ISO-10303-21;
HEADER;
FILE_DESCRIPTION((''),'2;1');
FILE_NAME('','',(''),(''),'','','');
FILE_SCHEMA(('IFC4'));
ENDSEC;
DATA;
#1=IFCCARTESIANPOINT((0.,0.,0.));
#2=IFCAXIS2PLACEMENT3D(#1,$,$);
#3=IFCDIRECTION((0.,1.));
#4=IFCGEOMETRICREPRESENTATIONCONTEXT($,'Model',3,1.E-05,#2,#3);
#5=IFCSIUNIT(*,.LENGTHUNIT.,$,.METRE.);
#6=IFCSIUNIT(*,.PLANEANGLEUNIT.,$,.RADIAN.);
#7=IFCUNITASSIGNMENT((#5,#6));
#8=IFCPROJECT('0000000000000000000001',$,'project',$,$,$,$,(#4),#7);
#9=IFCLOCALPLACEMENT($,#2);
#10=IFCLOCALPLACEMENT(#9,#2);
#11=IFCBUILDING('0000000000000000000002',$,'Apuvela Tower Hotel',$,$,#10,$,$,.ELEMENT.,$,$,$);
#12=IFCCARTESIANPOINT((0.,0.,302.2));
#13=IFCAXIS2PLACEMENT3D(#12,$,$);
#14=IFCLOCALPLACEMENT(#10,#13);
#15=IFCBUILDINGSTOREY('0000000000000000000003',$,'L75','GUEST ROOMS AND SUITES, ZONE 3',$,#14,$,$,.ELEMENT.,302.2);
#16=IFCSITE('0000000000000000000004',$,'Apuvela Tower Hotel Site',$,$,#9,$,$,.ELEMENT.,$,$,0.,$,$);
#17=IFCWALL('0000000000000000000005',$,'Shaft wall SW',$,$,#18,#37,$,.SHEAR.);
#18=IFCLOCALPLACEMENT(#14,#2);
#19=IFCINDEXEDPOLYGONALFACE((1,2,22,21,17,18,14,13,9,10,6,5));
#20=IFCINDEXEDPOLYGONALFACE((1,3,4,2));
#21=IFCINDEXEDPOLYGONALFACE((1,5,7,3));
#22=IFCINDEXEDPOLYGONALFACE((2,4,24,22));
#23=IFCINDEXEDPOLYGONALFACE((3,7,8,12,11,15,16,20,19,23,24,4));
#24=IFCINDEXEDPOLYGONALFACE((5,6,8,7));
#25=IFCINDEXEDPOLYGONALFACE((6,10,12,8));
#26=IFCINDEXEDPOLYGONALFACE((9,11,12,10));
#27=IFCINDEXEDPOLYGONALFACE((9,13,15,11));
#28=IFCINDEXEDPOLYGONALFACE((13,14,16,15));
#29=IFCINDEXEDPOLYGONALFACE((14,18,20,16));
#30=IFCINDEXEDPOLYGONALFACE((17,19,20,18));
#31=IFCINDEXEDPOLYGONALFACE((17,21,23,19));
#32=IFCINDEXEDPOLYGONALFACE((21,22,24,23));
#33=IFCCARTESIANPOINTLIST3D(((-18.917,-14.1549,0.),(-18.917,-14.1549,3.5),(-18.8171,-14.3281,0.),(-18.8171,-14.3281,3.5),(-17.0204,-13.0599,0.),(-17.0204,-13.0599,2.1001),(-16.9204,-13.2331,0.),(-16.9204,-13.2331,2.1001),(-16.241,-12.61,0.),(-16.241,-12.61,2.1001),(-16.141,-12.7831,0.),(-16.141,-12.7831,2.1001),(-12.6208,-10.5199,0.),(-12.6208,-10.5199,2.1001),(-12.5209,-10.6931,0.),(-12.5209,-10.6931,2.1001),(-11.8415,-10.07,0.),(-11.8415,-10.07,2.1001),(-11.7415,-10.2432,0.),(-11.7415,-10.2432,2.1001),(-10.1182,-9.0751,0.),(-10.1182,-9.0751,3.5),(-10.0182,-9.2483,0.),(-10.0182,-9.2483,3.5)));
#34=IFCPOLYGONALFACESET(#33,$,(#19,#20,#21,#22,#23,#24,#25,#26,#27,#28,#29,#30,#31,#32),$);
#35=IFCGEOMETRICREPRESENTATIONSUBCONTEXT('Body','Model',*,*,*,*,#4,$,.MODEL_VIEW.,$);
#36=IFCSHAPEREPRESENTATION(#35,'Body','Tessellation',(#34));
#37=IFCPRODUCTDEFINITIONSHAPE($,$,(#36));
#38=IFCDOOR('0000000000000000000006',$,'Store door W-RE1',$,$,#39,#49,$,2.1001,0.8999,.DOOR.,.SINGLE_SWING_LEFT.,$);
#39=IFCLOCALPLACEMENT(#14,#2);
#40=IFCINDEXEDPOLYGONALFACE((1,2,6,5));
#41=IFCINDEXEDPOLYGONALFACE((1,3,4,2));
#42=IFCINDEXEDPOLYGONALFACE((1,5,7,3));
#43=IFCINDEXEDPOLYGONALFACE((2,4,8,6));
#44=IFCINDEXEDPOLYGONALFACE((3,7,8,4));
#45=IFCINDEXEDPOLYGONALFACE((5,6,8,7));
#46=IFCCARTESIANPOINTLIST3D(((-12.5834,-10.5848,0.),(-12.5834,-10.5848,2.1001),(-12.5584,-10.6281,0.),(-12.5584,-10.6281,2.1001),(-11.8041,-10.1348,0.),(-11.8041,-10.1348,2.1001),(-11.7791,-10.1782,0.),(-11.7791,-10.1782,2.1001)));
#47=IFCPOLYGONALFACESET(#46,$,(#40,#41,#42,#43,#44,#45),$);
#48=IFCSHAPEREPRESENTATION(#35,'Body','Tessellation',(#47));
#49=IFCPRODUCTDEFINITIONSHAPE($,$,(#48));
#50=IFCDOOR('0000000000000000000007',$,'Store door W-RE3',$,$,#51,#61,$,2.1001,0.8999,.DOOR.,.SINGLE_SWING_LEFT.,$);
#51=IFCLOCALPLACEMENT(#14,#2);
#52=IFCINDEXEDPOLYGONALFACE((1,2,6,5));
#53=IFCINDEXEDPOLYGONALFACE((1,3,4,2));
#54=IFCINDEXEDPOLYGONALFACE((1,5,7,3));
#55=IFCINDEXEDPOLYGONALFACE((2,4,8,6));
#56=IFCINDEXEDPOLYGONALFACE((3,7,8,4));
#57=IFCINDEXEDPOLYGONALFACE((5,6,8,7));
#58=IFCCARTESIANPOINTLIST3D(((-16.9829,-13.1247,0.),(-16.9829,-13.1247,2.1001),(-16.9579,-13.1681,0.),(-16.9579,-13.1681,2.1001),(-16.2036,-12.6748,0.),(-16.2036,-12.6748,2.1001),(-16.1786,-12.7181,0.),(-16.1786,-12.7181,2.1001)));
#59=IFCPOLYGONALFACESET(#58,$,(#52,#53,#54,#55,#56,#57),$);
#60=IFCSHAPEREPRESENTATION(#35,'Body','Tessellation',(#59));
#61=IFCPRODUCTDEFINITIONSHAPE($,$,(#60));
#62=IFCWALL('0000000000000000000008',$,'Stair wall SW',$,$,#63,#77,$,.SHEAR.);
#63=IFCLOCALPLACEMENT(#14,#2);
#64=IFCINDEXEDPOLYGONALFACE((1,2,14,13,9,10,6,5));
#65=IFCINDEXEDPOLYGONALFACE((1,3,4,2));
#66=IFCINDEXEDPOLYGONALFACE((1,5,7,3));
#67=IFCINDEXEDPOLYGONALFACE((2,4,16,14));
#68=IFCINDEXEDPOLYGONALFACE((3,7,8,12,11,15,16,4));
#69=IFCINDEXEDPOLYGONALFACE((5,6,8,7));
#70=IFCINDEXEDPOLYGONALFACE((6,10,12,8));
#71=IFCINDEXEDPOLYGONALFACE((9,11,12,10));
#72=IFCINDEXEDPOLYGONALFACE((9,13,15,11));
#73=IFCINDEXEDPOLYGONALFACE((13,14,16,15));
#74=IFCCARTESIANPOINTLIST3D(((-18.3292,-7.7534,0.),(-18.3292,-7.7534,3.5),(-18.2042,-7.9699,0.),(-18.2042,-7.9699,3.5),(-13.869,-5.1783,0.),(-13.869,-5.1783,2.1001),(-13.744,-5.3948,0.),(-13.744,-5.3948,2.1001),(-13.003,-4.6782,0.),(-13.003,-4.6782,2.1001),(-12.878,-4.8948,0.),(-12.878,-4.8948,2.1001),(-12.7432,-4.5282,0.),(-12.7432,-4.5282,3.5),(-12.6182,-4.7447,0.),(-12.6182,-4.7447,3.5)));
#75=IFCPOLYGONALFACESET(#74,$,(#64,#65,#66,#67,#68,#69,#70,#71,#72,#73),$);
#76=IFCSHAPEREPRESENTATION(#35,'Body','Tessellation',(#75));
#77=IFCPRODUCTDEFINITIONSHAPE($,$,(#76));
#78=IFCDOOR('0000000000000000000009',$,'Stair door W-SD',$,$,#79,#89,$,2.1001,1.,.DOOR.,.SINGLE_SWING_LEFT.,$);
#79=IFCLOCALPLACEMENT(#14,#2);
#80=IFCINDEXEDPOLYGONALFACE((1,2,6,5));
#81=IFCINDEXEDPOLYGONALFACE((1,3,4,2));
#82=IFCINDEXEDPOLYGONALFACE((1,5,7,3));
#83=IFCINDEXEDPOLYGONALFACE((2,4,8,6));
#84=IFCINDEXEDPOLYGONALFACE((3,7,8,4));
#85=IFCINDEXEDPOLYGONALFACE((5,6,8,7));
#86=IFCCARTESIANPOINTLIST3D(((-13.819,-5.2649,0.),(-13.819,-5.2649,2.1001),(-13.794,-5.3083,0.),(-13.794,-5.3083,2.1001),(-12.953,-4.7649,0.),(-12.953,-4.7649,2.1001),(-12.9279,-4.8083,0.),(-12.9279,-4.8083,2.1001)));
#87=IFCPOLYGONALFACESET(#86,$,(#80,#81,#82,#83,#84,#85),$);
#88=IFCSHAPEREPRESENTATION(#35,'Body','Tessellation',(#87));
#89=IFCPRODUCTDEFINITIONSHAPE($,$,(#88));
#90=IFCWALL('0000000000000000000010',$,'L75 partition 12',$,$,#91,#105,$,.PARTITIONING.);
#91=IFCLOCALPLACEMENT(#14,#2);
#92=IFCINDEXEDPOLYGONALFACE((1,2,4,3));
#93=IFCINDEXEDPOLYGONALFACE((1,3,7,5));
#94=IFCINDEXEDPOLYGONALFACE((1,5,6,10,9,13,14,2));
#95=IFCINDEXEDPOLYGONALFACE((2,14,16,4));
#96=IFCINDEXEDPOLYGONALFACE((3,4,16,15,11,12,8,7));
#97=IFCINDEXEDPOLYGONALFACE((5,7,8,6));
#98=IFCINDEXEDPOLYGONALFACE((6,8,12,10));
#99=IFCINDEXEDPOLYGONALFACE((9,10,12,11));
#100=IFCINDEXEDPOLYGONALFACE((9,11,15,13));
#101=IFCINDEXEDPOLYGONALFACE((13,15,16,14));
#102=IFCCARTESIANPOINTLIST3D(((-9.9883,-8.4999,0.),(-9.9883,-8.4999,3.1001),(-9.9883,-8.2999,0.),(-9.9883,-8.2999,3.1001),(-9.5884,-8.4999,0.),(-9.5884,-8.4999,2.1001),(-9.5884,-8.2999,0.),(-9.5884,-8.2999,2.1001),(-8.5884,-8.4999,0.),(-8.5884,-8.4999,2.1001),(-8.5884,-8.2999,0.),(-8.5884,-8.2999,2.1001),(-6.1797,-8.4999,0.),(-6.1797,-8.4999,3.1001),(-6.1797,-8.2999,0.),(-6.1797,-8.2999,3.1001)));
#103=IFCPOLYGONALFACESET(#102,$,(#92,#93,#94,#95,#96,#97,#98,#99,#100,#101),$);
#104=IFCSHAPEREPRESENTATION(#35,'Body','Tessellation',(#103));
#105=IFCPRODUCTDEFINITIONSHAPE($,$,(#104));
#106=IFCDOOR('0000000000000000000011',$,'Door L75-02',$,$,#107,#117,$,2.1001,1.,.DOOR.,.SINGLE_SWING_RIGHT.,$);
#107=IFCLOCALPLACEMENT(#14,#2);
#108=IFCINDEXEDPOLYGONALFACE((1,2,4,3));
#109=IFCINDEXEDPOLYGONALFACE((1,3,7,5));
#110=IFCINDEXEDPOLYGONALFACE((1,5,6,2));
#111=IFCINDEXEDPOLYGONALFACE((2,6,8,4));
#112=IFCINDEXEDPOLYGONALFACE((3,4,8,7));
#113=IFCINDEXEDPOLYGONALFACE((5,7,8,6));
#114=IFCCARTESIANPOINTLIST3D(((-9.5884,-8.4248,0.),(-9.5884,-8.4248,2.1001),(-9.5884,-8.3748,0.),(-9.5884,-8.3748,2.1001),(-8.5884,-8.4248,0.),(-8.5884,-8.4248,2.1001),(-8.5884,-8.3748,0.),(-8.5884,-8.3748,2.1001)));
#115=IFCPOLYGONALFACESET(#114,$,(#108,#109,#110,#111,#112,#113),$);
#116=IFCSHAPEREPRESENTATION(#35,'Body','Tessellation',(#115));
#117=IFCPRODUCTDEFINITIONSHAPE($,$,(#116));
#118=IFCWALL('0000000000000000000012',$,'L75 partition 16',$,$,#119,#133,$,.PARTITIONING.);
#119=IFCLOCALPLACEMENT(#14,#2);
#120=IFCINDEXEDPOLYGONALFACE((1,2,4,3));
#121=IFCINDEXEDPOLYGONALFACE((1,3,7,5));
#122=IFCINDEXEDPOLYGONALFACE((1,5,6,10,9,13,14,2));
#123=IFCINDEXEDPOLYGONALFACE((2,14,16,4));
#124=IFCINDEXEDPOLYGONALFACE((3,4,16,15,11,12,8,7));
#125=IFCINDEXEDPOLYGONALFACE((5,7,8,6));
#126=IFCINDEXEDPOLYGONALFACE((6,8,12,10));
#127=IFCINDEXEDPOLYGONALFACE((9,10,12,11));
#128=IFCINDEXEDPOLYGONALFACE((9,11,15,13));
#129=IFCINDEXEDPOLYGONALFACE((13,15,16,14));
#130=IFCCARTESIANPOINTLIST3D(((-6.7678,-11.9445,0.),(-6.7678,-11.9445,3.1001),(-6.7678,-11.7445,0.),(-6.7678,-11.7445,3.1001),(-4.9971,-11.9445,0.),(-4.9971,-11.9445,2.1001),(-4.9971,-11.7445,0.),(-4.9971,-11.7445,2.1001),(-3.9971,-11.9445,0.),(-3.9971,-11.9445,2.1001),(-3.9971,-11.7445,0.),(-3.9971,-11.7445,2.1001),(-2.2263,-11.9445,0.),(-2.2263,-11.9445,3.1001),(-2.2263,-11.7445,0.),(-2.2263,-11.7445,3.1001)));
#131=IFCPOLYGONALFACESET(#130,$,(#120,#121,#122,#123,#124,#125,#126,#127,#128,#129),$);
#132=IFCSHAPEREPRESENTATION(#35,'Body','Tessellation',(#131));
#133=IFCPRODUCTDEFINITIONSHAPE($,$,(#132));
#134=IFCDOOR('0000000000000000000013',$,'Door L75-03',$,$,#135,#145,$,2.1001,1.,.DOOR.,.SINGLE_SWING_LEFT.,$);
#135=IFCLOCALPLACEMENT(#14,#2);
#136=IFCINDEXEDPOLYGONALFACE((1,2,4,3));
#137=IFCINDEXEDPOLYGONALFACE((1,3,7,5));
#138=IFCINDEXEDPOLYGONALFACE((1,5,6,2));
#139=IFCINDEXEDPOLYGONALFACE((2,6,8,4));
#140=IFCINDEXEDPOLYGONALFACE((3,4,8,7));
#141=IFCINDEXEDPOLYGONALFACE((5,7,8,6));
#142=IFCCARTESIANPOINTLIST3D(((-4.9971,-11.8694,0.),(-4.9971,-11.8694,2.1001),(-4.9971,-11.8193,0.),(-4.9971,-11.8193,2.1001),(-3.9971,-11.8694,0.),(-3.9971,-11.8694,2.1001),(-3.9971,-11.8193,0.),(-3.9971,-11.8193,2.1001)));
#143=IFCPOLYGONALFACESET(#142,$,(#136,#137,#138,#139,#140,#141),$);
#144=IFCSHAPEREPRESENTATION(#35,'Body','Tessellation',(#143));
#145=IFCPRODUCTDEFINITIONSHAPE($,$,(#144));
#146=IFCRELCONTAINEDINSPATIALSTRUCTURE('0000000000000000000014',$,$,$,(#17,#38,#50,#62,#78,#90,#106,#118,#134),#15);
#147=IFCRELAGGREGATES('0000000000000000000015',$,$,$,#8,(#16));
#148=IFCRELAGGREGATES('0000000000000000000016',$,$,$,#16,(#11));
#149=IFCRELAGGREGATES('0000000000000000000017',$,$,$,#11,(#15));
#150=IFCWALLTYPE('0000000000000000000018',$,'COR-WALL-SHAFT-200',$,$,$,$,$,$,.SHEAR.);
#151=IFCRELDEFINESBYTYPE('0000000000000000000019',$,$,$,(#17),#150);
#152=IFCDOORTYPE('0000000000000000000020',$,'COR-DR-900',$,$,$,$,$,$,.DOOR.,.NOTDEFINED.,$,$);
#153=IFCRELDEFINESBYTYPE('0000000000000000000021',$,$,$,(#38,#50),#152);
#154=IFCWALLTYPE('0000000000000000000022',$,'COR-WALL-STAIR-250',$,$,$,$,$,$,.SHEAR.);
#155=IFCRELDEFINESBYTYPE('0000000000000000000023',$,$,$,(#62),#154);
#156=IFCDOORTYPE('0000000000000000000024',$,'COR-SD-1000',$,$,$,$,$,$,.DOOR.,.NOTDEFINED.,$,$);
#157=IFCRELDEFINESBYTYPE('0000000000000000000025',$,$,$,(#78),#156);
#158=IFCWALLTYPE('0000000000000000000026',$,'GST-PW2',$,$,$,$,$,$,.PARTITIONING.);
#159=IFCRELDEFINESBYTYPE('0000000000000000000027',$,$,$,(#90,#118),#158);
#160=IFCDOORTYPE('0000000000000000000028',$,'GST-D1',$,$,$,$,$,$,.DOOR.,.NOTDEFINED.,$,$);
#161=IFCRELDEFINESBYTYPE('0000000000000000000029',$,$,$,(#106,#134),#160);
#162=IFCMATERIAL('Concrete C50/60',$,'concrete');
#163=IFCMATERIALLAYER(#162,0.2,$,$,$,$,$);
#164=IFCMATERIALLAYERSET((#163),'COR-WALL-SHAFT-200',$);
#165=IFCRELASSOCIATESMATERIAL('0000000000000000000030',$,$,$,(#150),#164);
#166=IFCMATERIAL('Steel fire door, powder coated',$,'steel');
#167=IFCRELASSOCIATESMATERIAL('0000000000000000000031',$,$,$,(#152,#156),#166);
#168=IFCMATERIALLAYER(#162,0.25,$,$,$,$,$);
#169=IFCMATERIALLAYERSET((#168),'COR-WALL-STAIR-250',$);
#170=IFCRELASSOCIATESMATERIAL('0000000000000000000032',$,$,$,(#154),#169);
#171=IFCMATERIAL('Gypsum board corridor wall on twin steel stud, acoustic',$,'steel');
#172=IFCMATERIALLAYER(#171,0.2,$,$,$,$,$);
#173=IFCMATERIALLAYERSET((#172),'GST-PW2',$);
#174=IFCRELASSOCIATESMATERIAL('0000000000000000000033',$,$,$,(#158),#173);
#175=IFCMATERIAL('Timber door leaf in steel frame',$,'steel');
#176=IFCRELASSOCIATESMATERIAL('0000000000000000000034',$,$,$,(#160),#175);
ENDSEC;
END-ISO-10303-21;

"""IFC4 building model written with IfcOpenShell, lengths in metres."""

from ifc_helpers import new_model, si_unit, direction, frame, frame_2d, origin, place, context, subcontext, project, spatial, rectangle, extrude, material, layer, layer_set, type_object, element, fill, save


model = new_model("IFC4")

# Units and contexts
model_context = context("Model", 3, precision=1e-05, world=origin(), true_north=direction((0.0, 1.0)))
body_context = subcontext(model_context, "Body", "Model", "MODEL_VIEW")
ifc_project = project(units=[si_unit("LENGTHUNIT", "METRE"), si_unit("PLANEANGLEUNIT", "RADIAN")], contexts=[model_context])

# Site, building, storey
site_placement = place(None, origin())
site = spatial("IfcSite", under=ifc_project, at=site_placement, Name="Apuvela Tower Hotel Site", CompositionType="ELEMENT", RefElevation=0.0)
building_placement = place(site_placement, origin())
building = spatial("IfcBuilding", under=site, at=building_placement, Name="Apuvela Tower Hotel", CompositionType="ELEMENT")
storey_placement = place(building_placement, frame((0.0, 0.0, 302.2)))
storey = spatial("IfcBuildingStorey", under=building, at=storey_placement, Name="L75", Description="GUEST ROOMS AND SUITES, ZONE 3", CompositionType="ELEMENT", Elevation=302.2)

# Shared definitions
ifc_material_1 = material(Name="Concrete C50/60", Category="concrete")
ifc_layer_1 = layer(ifc_material_1, 0.2)
ifc_layer_set_1 = layer_set([ifc_layer_1], Name="COR-WALL-SHAFT-200")
wall_type_1 = type_object("IfcWallType", Name="COR-WALL-SHAFT-200", PredefinedType="SHEAR", material=ifc_layer_set_1)

# Wall, openings, doors
wall_1_placement = place(storey_placement, frame((-10.0681, -9.1616, 0.0), z_axis=(0.0, 0.0, 1.0), x_axis=(-0.866033, -0.499987, 0.0)))
wall_1 = element("IfcWall", 1, at=wall_1_placement, inside=storey, type_object=wall_type_1, Name="Shaft wall SW", PredefinedType="SHEAR", context=body_context, shape_type="SweptSolid", body=[
    extrude(rectangle(XDim=10.1599, YDim=0.2, at=frame_2d((5.0801, 0.0))), origin(), (0.0, 0.0, 1.0), 3.5),
])
opening_1_placement = place(wall_1_placement, frame((1.99, 0.0, 0.0)))
opening_1 = element("IfcOpeningElement", 2, at=opening_1_placement, cuts=wall_1, PredefinedType="OPENING", context=body_context, shape_type="SweptSolid", body=[
    extrude(rectangle(XDim=0.8999, YDim=2.1001, at=frame_2d((0.45, 1.05))), frame((0.0, 0.1099, 0.0), z_axis=(0.0, -1.0, 0.0), x_axis=(1.0, 0.0, 0.0)), (0.0, 0.0, 1.0), 0.22),
])
opening_2_placement = place(wall_1_placement, frame((7.0701, 0.0, 0.0)))
opening_2 = element("IfcOpeningElement", 3, at=opening_2_placement, cuts=wall_1, PredefinedType="OPENING", context=body_context, shape_type="SweptSolid", body=[
    extrude(rectangle(XDim=0.8999, YDim=2.1001, at=frame_2d((0.45, 1.05))), frame((0.0, 0.1099, 0.0), z_axis=(0.0, -1.0, 0.0), x_axis=(1.0, 0.0, 0.0)), (0.0, 0.0, 1.0), 0.22),
])
ifc_material_2 = material(Name="Steel fire door, powder coated", Category="steel")
door_type_1 = type_object("IfcDoorType", Name="COR-DR-900", OperationType="NOTDEFINED", PredefinedType="DOOR", material=ifc_material_2)
door_1_placement = place(opening_1_placement, origin())
door_1 = element("IfcDoor", 4, at=door_1_placement, inside=storey, type_object=door_type_1, Name="Store door W-RE1", OperationType="SINGLE_SWING_LEFT", OverallHeight=2.1001, OverallWidth=0.8999, PredefinedType="DOOR", context=body_context, shape_type="SweptSolid", body=[
    extrude(rectangle(XDim=0.8999, YDim=2.1001, at=frame_2d((0.45, 1.05))), frame((0.0, 0.0249, 0.0), z_axis=(0.0, -1.0, 0.0), x_axis=(1.0, 0.0, 0.0)), (0.0, 0.0, 1.0), 0.05),
])
fill(opening_1, door_1)
door_2_placement = place(opening_2_placement, origin())
door_2 = element("IfcDoor", 5, at=door_2_placement, inside=storey, type_object=door_type_1, Name="Store door W-RE3", OperationType="SINGLE_SWING_LEFT", OverallHeight=2.1001, OverallWidth=0.8999, PredefinedType="DOOR", context=body_context, shape_type="SweptSolid", body=[
    extrude(rectangle(XDim=0.8999, YDim=2.1001, at=frame_2d((0.45, 1.05))), frame((0.0, 0.0249, 0.0), z_axis=(0.0, -1.0, 0.0), x_axis=(1.0, 0.0, 0.0)), (0.0, 0.0, 1.0), 0.05),
])
fill(opening_2, door_2)

# Walls, openings, doors
ifc_layer_2 = layer(ifc_material_1, 0.25)
ifc_layer_set_2 = layer_set([ifc_layer_2], Name="COR-WALL-STAIR-250")
wall_type_2 = type_object("IfcWallType", Name="COR-WALL-STAIR-250", PredefinedType="SHEAR", material=ifc_layer_set_2)
wall_2_placement = place(storey_placement, frame((-12.6807, -4.6365, 0.0), z_axis=(0.0, 0.0, 1.0), x_axis=(-0.866022, -0.500006, 0.0)))
wall_2 = element("IfcWall", 6, at=wall_2_placement, inside=storey, type_object=wall_type_2, Name="Stair wall SW", PredefinedType="SHEAR", context=body_context, shape_type="SweptSolid", body=[
    extrude(rectangle(XDim=6.4502, YDim=0.25, at=frame_2d((3.2251, 0.0))), origin(), (0.0, 0.0, 1.0), 3.5),
])
opening_3_placement = place(wall_2_placement, frame((0.3, 0.0, 0.0)))
opening_3 = element("IfcOpeningElement", 7, at=opening_3_placement, cuts=wall_2, PredefinedType="OPENING", context=body_context, shape_type="SweptSolid", body=[
    extrude(rectangle(XDim=1.0, YDim=2.1001, at=frame_2d((0.5, 1.05))), frame((0.0, 0.135, 0.0), z_axis=(0.0, -1.0, 0.0), x_axis=(1.0, 0.0, 0.0)), (0.0, 0.0, 1.0), 0.27),
])
door_type_2 = type_object("IfcDoorType", Name="COR-SD-1000", OperationType="NOTDEFINED", PredefinedType="DOOR", material=ifc_material_2)
door_3_placement = place(opening_3_placement, frame((1.0, 0.0, 0.0), z_axis=(0.0, 0.0, 1.0), x_axis=(-1.0, 0.0, 0.0)))
door_3 = element("IfcDoor", 8, at=door_3_placement, inside=storey, type_object=door_type_2, Name="Stair door W-SD", OperationType="SINGLE_SWING_LEFT", OverallHeight=2.1001, OverallWidth=1.0, PredefinedType="DOOR", context=body_context, shape_type="SweptSolid", body=[
    extrude(rectangle(XDim=1.0, YDim=2.1001, at=frame_2d((0.5, 1.05))), frame((0.0, 0.0249, 0.0), z_axis=(0.0, -1.0, 0.0), x_axis=(1.0, 0.0, 0.0)), (0.0, 0.0, 1.0), 0.05),
])
fill(opening_3, door_3)
ifc_material_3 = material(Name="Gypsum board corridor wall on twin steel stud, acoustic", Category="steel")
ifc_layer_3 = layer(ifc_material_3, 0.2)
ifc_layer_set_3 = layer_set([ifc_layer_3], Name="GST-PW2")
wall_type_3 = type_object("IfcWallType", Name="GST-PW2", PredefinedType="PARTITIONING", material=ifc_layer_set_3)
wall_3_placement = place(storey_placement, frame((-6.1797, -8.3999, 0.0), z_axis=(0.0, 0.0, 1.0), x_axis=(-1.0, 0.0, 0.0)))
wall_3 = element("IfcWall", 9, at=wall_3_placement, inside=storey, type_object=wall_type_3, Name="L75 partition 12", PredefinedType="PARTITIONING", context=body_context, shape_type="SweptSolid", body=[
    extrude(rectangle(XDim=3.8086, YDim=0.2, at=frame_2d((1.9043, 0.0))), origin(), (0.0, 0.0, 1.0), 3.1001),
])
opening_4_placement = place(wall_3_placement, frame((2.4087, 0.0, 0.0)))
opening_4 = element("IfcOpeningElement", 10, at=opening_4_placement, cuts=wall_3, PredefinedType="OPENING", context=body_context, shape_type="SweptSolid", body=[
    extrude(rectangle(XDim=1.0, YDim=2.1001, at=frame_2d((0.5, 1.05))), frame((0.0, 0.1099, 0.0), z_axis=(0.0, -1.0, 0.0), x_axis=(1.0, 0.0, 0.0)), (0.0, 0.0, 1.0), 0.22),
])
ifc_material_4 = material(Name="Timber door leaf in steel frame", Category="steel")
door_type_3 = type_object("IfcDoorType", Name="GST-D1", OperationType="NOTDEFINED", PredefinedType="DOOR", material=ifc_material_4)
door_4_placement = place(opening_4_placement, origin())
door_4 = element("IfcDoor", 11, at=door_4_placement, inside=storey, type_object=door_type_3, Name="Door L75-02", OperationType="SINGLE_SWING_RIGHT", OverallHeight=2.1001, OverallWidth=1.0, PredefinedType="DOOR", context=body_context, shape_type="SweptSolid", body=[
    extrude(rectangle(XDim=1.0, YDim=2.1001, at=frame_2d((0.5, 1.05))), frame((0.0, 0.0249, 0.0), z_axis=(0.0, -1.0, 0.0), x_axis=(1.0, 0.0, 0.0)), (0.0, 0.0, 1.0), 0.05),
])
fill(opening_4, door_4)
wall_4_placement = place(storey_placement, frame((-2.2263, -11.8445, 0.0), z_axis=(0.0, 0.0, 1.0), x_axis=(-1.0, 0.0, 0.0)))
wall_4 = element("IfcWall", 12, at=wall_4_placement, inside=storey, type_object=wall_type_3, Name="L75 partition 16", PredefinedType="PARTITIONING", context=body_context, shape_type="SweptSolid", body=[
    extrude(rectangle(XDim=4.5415, YDim=0.2, at=frame_2d((2.2708, 0.0))), origin(), (0.0, 0.0, 1.0), 3.1001),
])
opening_5_placement = place(wall_4_placement, frame((1.7708, 0.0, 0.0)))
opening_5 = element("IfcOpeningElement", 13, at=opening_5_placement, cuts=wall_4, PredefinedType="OPENING", context=body_context, shape_type="SweptSolid", body=[
    extrude(rectangle(XDim=1.0, YDim=2.1001, at=frame_2d((0.5, 1.05))), frame((0.0, 0.1099, 0.0), z_axis=(0.0, -1.0, 0.0), x_axis=(1.0, 0.0, 0.0)), (0.0, 0.0, 1.0), 0.22),
])
door_5_placement = place(opening_5_placement, origin())
door_5 = element("IfcDoor", 14, at=door_5_placement, inside=storey, type_object=door_type_3, Name="Door L75-03", OperationType="SINGLE_SWING_LEFT", OverallHeight=2.1001, OverallWidth=1.0, PredefinedType="DOOR", context=body_context, shape_type="SweptSolid", body=[
    extrude(rectangle(XDim=1.0, YDim=2.1001, at=frame_2d((0.5, 1.05))), frame((0.0, 0.0249, 0.0), z_axis=(0.0, -1.0, 0.0), x_axis=(1.0, 0.0, 0.0)), (0.0, 0.0, 1.0), 0.05),
])
fill(opening_5, door_5)

save(model, "model.ifc")
